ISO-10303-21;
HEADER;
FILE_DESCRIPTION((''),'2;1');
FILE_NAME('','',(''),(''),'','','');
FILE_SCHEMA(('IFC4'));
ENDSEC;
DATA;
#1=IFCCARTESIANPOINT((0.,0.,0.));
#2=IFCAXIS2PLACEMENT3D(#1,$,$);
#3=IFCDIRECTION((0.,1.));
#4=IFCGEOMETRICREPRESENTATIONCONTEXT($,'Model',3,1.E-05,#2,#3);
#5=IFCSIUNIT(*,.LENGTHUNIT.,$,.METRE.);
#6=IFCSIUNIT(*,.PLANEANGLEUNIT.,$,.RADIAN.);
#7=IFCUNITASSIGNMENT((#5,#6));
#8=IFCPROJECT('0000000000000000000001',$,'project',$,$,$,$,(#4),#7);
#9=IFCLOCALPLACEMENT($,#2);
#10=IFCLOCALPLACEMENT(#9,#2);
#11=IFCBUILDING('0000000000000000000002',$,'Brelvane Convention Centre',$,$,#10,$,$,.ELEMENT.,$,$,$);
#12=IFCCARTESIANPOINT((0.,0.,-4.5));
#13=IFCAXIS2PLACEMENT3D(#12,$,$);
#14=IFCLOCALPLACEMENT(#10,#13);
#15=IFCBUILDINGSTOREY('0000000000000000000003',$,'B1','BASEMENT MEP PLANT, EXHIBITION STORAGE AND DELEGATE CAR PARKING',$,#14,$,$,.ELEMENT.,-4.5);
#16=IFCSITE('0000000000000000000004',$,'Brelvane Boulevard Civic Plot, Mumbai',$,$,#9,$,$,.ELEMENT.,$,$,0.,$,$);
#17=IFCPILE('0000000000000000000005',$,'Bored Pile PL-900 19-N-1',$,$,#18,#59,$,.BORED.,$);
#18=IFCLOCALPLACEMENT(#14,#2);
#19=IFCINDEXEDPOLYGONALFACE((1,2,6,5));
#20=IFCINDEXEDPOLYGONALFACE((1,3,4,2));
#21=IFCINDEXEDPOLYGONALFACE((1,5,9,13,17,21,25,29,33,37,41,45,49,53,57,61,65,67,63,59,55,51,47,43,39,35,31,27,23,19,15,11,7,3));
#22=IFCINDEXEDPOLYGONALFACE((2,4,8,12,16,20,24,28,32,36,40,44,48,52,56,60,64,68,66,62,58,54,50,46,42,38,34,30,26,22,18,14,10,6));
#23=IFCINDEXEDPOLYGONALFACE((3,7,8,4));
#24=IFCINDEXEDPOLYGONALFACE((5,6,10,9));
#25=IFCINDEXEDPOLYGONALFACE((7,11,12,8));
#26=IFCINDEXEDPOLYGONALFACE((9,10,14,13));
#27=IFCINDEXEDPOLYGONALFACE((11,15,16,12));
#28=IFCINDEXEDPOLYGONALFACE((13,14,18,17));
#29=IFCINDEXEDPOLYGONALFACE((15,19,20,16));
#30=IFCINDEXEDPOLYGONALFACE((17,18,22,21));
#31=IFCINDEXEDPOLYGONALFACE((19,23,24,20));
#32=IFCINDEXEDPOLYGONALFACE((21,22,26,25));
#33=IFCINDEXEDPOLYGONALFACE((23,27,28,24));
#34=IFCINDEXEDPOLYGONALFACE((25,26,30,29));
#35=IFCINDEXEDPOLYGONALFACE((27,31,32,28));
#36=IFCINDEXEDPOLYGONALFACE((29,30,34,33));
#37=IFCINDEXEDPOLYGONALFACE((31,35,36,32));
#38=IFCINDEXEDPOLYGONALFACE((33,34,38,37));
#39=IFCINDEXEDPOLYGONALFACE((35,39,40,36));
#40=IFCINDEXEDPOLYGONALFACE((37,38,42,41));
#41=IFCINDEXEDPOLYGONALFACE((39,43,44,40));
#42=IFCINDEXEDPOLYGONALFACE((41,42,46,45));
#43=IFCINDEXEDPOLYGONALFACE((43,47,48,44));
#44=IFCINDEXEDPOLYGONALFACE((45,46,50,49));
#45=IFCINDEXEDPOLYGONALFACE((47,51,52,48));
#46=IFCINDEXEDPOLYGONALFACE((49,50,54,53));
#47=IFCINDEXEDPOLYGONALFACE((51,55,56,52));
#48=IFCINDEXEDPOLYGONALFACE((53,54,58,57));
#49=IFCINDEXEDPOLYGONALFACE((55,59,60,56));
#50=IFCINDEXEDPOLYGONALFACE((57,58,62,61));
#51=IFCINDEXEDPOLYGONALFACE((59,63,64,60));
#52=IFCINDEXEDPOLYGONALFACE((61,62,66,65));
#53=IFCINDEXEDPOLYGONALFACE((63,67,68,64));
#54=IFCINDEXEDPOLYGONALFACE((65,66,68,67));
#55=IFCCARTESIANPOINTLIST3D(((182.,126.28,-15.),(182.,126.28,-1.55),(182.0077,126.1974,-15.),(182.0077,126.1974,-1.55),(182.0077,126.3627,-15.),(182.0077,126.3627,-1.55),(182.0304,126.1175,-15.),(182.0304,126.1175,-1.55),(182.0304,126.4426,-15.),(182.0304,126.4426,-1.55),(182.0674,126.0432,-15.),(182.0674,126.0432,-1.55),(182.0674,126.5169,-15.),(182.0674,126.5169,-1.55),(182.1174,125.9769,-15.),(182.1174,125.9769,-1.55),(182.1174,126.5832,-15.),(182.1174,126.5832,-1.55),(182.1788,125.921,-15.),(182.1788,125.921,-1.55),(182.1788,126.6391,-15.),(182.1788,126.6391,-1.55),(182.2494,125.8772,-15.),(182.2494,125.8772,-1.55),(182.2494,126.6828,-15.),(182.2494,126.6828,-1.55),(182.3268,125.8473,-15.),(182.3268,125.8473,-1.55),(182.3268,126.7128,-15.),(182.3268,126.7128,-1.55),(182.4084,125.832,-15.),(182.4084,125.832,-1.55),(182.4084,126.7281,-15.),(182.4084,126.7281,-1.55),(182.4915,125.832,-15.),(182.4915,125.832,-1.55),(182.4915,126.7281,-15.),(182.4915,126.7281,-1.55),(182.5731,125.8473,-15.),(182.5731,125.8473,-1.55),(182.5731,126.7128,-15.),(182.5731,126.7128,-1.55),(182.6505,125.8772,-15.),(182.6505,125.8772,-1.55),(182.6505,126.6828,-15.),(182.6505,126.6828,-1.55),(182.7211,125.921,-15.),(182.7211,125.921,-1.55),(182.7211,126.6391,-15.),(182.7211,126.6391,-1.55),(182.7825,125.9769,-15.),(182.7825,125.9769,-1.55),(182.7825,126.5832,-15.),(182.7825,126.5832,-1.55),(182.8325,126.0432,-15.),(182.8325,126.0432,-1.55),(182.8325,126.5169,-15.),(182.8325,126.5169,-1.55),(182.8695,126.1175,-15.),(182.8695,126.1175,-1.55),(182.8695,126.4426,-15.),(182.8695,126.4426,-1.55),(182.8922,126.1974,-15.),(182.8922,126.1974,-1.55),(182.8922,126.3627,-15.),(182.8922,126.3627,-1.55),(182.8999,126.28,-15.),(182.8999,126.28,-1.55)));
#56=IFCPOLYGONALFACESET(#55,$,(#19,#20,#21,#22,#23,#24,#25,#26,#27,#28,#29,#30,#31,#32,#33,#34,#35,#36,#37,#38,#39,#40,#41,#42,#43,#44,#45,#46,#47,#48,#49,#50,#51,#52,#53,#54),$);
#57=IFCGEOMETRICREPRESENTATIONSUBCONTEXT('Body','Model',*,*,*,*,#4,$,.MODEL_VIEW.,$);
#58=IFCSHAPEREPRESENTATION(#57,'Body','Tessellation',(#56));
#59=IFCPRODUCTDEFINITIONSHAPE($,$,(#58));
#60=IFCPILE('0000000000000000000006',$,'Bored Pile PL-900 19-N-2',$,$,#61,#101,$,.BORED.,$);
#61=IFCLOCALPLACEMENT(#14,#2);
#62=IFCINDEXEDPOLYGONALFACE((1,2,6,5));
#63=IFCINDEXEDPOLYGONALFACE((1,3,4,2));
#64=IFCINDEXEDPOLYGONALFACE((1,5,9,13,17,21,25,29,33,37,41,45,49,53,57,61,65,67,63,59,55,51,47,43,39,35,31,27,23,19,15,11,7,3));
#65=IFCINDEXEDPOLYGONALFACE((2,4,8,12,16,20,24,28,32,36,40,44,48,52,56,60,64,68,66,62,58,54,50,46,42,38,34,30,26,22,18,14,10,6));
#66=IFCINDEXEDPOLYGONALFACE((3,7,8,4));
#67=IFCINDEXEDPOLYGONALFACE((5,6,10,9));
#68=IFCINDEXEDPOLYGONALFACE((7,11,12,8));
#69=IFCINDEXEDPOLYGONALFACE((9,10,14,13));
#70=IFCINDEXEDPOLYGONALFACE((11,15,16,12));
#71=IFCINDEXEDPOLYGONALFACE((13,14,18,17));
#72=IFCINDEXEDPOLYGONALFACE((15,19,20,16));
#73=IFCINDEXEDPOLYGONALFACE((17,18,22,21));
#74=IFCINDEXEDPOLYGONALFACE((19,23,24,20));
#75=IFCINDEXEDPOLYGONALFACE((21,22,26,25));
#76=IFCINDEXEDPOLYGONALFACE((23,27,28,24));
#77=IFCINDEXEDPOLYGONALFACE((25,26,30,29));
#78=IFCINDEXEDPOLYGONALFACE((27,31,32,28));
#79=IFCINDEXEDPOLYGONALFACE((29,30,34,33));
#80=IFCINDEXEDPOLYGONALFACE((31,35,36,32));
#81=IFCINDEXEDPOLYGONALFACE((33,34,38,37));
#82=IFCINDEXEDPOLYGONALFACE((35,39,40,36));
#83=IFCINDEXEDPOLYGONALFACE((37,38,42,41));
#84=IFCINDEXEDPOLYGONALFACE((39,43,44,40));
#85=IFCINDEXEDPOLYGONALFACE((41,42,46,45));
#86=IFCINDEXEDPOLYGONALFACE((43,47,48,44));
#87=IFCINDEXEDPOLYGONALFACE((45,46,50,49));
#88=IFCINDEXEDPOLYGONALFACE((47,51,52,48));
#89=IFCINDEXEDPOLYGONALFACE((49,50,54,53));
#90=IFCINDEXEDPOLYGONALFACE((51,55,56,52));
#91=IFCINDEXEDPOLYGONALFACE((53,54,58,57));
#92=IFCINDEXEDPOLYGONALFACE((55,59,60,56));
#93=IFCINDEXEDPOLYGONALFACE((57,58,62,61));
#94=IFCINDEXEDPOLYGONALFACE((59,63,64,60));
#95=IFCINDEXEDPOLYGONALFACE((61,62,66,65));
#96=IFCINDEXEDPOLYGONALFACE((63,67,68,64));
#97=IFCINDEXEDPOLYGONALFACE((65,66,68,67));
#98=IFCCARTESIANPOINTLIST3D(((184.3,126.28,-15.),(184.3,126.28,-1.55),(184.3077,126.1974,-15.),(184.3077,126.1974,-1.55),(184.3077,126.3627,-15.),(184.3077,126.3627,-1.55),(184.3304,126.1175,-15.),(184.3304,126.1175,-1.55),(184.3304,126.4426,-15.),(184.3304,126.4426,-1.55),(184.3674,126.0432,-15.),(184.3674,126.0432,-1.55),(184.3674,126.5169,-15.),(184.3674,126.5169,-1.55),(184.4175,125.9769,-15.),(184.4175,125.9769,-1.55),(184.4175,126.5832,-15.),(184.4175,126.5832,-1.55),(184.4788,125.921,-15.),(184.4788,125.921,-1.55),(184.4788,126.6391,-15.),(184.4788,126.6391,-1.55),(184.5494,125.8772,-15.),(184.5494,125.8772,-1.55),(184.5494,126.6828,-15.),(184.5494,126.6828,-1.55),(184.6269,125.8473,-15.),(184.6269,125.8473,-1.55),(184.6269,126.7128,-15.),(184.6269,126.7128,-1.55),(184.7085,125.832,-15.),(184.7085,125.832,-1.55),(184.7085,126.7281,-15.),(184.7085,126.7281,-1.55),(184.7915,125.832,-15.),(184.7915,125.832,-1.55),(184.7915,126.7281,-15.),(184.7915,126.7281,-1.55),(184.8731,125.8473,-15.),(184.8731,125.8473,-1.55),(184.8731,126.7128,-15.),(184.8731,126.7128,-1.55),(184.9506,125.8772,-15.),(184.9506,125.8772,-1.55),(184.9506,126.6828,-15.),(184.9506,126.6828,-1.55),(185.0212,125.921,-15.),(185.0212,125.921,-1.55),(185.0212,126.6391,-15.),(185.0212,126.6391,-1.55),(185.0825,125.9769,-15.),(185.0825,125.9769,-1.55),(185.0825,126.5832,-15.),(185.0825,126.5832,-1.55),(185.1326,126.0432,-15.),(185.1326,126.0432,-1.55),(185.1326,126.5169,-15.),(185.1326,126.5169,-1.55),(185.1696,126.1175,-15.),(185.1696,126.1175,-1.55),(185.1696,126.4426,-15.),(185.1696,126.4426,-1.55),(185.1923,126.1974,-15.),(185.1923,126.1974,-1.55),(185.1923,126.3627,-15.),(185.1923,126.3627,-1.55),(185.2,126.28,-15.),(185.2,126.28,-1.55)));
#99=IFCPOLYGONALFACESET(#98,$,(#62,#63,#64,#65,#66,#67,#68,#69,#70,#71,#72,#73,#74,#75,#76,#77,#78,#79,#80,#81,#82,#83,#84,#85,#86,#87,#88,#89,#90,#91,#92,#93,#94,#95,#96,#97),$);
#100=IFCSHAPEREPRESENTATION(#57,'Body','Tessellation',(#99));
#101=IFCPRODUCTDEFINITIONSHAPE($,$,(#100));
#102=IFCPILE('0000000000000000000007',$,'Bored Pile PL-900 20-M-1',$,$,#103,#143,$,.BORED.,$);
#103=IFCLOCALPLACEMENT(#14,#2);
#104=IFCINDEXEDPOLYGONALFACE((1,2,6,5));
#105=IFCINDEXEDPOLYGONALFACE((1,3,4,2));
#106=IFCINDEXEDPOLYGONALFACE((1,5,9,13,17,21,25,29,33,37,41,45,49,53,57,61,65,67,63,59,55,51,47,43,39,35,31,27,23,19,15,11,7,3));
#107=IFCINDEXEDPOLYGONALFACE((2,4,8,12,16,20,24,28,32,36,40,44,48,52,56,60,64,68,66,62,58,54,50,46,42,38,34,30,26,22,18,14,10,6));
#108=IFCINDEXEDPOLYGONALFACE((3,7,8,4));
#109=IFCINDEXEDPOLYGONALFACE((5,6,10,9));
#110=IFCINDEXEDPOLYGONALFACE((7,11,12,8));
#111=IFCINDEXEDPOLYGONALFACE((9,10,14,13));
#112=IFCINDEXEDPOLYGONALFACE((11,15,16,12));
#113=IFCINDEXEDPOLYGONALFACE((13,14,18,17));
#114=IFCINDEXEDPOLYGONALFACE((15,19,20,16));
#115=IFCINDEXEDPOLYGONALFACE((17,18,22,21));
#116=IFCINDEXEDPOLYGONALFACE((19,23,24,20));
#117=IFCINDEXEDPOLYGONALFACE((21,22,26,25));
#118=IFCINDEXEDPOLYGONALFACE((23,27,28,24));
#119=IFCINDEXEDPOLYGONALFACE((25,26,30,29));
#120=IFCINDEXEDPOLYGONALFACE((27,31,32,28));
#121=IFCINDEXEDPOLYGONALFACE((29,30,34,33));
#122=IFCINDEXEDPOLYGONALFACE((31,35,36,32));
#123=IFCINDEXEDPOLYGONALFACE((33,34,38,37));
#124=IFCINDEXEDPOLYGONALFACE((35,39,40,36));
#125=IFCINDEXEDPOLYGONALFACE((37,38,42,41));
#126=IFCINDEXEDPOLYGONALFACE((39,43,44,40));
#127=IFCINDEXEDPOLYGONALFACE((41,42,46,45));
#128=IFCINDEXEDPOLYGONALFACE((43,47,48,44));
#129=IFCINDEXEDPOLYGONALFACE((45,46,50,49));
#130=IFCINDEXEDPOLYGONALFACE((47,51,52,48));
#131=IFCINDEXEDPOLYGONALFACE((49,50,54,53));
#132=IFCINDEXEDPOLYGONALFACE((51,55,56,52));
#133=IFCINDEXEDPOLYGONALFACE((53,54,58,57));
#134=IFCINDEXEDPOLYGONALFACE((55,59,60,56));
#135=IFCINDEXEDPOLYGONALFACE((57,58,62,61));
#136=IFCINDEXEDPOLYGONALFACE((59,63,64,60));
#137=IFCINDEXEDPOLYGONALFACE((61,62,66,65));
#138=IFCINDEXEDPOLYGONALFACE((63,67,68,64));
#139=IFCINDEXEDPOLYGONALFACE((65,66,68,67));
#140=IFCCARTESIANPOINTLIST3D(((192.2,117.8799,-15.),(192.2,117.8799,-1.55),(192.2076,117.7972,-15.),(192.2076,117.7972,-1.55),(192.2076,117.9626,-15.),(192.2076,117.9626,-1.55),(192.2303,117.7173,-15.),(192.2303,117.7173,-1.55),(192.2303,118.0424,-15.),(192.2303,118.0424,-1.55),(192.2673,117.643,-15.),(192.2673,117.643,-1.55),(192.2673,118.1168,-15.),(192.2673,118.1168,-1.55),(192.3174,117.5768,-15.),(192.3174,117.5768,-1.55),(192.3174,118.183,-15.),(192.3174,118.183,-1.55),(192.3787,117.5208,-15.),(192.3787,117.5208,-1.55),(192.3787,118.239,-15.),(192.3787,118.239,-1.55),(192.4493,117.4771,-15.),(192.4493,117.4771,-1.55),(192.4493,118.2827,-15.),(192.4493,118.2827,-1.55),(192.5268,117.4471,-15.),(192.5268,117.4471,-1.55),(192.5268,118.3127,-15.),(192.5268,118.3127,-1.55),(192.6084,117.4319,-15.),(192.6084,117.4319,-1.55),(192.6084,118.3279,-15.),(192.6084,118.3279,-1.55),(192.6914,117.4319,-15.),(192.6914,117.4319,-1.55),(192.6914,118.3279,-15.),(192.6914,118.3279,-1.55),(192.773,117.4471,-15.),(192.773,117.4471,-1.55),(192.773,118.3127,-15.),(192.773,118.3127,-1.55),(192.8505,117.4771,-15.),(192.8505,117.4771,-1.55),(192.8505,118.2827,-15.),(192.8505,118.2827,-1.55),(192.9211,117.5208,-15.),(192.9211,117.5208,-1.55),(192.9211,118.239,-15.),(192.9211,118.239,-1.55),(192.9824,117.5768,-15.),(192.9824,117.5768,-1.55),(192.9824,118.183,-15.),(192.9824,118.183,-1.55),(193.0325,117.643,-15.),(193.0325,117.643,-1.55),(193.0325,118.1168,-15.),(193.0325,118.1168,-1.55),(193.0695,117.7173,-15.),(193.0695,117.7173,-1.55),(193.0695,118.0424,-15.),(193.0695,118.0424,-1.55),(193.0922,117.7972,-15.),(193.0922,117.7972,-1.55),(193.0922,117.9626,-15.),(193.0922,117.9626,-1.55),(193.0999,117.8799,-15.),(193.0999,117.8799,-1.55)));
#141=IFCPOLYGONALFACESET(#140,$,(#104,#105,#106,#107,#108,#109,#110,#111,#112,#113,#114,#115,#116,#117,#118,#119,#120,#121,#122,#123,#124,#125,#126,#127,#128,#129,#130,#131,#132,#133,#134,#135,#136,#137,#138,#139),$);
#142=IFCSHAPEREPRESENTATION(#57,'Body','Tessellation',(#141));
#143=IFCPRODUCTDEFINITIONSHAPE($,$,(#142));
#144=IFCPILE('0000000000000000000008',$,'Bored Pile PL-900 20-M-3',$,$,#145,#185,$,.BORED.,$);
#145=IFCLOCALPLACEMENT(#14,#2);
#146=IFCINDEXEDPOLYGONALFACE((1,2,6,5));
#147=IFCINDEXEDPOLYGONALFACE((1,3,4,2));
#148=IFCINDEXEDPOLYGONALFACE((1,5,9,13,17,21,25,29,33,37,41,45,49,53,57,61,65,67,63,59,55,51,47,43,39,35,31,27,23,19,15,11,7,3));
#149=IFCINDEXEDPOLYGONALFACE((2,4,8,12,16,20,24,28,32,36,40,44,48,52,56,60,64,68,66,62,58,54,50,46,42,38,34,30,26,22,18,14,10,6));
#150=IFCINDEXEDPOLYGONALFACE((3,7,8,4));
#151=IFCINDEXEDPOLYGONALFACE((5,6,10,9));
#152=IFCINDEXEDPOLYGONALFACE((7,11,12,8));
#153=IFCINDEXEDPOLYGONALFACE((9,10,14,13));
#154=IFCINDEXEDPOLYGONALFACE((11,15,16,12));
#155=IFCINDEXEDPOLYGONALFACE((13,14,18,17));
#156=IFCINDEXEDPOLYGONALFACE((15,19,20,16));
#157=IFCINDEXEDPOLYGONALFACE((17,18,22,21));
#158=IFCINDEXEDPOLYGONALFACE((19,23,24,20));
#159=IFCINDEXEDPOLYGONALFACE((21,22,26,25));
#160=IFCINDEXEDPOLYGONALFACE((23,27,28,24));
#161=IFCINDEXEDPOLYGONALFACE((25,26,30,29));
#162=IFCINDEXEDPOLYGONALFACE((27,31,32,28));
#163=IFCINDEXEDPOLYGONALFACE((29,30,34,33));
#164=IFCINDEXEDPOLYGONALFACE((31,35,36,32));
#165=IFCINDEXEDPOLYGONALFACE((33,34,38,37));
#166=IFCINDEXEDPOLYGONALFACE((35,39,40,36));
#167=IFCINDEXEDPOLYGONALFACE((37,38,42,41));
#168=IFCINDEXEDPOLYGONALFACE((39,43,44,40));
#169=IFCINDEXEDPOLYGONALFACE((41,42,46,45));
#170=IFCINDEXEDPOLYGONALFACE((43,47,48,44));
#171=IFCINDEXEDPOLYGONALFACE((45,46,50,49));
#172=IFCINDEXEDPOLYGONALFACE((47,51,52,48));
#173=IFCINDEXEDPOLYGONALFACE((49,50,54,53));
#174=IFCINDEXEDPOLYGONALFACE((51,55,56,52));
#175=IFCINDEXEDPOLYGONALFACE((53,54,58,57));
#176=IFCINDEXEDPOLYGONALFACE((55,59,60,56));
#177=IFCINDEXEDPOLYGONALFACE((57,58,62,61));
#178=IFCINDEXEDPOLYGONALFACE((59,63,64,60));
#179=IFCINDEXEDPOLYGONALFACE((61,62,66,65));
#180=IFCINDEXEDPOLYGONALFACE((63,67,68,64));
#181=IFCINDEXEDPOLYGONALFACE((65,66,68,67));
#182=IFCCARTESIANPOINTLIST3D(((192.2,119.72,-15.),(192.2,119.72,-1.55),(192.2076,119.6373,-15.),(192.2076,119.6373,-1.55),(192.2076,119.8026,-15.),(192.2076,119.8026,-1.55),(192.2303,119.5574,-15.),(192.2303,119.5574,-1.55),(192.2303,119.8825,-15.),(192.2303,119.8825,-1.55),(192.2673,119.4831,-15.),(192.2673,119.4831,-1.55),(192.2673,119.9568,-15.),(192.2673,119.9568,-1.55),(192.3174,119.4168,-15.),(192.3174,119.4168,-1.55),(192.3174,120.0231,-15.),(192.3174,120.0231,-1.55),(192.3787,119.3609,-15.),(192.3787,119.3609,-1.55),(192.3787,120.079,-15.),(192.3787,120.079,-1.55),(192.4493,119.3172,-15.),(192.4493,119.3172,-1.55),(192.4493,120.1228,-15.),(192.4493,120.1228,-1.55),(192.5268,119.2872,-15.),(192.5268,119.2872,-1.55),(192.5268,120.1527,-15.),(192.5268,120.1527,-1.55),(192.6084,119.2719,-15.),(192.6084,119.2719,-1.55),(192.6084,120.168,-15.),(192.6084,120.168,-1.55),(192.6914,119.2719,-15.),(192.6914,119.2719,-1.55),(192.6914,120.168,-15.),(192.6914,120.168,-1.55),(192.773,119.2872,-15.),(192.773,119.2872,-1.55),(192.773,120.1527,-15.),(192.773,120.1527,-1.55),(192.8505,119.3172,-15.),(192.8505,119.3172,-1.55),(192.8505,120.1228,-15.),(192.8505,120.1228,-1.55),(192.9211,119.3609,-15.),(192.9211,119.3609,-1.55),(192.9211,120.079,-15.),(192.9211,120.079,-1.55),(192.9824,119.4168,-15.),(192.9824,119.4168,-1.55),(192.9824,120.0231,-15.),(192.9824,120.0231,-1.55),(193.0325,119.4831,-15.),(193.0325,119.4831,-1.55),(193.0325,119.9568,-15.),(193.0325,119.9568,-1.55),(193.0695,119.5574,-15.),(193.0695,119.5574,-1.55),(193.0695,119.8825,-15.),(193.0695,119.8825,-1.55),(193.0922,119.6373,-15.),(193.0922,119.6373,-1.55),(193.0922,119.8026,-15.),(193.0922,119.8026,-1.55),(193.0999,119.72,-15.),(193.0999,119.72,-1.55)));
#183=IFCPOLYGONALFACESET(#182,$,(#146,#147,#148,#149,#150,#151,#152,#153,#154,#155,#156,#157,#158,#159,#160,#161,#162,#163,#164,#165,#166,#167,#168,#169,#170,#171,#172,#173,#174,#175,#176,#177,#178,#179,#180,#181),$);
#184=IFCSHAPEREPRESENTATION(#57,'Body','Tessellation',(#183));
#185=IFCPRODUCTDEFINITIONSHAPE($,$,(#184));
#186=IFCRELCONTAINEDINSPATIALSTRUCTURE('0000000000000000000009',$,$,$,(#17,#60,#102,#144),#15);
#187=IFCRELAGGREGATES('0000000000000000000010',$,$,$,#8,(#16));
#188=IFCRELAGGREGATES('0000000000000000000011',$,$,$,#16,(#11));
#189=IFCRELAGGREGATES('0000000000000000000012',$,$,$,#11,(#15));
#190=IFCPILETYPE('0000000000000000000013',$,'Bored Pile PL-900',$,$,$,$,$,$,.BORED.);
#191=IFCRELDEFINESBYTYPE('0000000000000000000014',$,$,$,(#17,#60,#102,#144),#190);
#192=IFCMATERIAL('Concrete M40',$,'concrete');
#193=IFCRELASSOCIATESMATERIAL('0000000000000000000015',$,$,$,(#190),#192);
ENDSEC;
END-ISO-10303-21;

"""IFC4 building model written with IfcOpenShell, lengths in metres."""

from ifc_helpers import new_model, si_unit, direction, frame, origin, origin_2d, place, context, subcontext, project, spatial, circle, extrude, material, material_profile, profile_set, type_object, element, save


model = new_model("IFC4")

# Units and contexts
model_context = context("Model", 3, precision=1e-05, world=origin(), true_north=direction((0.0, 1.0)))
body_context = subcontext(model_context, "Body", "Model", "MODEL_VIEW")
ifc_project = project(units=[si_unit("LENGTHUNIT", "METRE"), si_unit("PLANEANGLEUNIT", "RADIAN")], contexts=[model_context])

# Site, building, storey
site_placement = place(None, origin())
site = spatial("IfcSite", under=ifc_project, at=site_placement, Name="Brelvane Boulevard Civic Plot, Mumbai", CompositionType="ELEMENT", RefElevation=0.0)
building_placement = place(site_placement, origin())
building = spatial("IfcBuilding", under=site, at=building_placement, Name="Brelvane Convention Centre", CompositionType="ELEMENT")
storey_placement = place(building_placement, frame((0.0, 0.0, -4.5)))
storey = spatial("IfcBuildingStorey", under=building, at=storey_placement, Name="B1", Description="BASEMENT MEP PLANT, EXHIBITION STORAGE AND DELEGATE CAR PARKING", CompositionType="ELEMENT", Elevation=-4.5)

# Piles
ifc_material_1 = material(Name="Concrete M40", Category="concrete")
ifc_material_profile_1 = material_profile(ifc_material_1, circle(Radius=0.45, at=origin_2d()), Name="PILE D900")
ifc_profile_set_1 = profile_set([ifc_material_profile_1], Name="Concrete M40")
pile_type = type_object("IfcPileType", Name="Bored Pile PL-900", PredefinedType="BORED", material=ifc_profile_set_1)
for number, where, z_axis, x_axis, name in (
    (1, (182.45, 126.28, -1.55), (0.0, 0.0, -1.0), (1.0, 0.0, 0.0), "Bored Pile PL-900 19-N-1"),
    (2, (184.75, 126.28, -1.55), (0.0, 0.0, -1.0), (1.0, 0.0, 0.0), "Bored Pile PL-900 19-N-2"),
    (3, (192.6499, 117.8799, -1.55), (0.0, 0.0, -1.0), (1.0, 0.0, 0.0), "Bored Pile PL-900 20-M-1"),
    (4, (192.6499, 119.72, -1.55), (0.0, 0.0, -1.0), (1.0, 0.0, 0.0), "Bored Pile PL-900 20-M-3"),
):
    element("IfcPile", number, at=place(storey_placement, frame(where, z_axis=z_axis, x_axis=x_axis)), inside=storey, type_object=pile_type, Name=name, PredefinedType="BORED", context=body_context, shape_type="SweptSolid", body=[
        extrude(circle(Radius=0.45, at=origin_2d()), origin(), (0.0, 0.0, 1.0), 13.45),
    ])

save(model, "model.ifc")
